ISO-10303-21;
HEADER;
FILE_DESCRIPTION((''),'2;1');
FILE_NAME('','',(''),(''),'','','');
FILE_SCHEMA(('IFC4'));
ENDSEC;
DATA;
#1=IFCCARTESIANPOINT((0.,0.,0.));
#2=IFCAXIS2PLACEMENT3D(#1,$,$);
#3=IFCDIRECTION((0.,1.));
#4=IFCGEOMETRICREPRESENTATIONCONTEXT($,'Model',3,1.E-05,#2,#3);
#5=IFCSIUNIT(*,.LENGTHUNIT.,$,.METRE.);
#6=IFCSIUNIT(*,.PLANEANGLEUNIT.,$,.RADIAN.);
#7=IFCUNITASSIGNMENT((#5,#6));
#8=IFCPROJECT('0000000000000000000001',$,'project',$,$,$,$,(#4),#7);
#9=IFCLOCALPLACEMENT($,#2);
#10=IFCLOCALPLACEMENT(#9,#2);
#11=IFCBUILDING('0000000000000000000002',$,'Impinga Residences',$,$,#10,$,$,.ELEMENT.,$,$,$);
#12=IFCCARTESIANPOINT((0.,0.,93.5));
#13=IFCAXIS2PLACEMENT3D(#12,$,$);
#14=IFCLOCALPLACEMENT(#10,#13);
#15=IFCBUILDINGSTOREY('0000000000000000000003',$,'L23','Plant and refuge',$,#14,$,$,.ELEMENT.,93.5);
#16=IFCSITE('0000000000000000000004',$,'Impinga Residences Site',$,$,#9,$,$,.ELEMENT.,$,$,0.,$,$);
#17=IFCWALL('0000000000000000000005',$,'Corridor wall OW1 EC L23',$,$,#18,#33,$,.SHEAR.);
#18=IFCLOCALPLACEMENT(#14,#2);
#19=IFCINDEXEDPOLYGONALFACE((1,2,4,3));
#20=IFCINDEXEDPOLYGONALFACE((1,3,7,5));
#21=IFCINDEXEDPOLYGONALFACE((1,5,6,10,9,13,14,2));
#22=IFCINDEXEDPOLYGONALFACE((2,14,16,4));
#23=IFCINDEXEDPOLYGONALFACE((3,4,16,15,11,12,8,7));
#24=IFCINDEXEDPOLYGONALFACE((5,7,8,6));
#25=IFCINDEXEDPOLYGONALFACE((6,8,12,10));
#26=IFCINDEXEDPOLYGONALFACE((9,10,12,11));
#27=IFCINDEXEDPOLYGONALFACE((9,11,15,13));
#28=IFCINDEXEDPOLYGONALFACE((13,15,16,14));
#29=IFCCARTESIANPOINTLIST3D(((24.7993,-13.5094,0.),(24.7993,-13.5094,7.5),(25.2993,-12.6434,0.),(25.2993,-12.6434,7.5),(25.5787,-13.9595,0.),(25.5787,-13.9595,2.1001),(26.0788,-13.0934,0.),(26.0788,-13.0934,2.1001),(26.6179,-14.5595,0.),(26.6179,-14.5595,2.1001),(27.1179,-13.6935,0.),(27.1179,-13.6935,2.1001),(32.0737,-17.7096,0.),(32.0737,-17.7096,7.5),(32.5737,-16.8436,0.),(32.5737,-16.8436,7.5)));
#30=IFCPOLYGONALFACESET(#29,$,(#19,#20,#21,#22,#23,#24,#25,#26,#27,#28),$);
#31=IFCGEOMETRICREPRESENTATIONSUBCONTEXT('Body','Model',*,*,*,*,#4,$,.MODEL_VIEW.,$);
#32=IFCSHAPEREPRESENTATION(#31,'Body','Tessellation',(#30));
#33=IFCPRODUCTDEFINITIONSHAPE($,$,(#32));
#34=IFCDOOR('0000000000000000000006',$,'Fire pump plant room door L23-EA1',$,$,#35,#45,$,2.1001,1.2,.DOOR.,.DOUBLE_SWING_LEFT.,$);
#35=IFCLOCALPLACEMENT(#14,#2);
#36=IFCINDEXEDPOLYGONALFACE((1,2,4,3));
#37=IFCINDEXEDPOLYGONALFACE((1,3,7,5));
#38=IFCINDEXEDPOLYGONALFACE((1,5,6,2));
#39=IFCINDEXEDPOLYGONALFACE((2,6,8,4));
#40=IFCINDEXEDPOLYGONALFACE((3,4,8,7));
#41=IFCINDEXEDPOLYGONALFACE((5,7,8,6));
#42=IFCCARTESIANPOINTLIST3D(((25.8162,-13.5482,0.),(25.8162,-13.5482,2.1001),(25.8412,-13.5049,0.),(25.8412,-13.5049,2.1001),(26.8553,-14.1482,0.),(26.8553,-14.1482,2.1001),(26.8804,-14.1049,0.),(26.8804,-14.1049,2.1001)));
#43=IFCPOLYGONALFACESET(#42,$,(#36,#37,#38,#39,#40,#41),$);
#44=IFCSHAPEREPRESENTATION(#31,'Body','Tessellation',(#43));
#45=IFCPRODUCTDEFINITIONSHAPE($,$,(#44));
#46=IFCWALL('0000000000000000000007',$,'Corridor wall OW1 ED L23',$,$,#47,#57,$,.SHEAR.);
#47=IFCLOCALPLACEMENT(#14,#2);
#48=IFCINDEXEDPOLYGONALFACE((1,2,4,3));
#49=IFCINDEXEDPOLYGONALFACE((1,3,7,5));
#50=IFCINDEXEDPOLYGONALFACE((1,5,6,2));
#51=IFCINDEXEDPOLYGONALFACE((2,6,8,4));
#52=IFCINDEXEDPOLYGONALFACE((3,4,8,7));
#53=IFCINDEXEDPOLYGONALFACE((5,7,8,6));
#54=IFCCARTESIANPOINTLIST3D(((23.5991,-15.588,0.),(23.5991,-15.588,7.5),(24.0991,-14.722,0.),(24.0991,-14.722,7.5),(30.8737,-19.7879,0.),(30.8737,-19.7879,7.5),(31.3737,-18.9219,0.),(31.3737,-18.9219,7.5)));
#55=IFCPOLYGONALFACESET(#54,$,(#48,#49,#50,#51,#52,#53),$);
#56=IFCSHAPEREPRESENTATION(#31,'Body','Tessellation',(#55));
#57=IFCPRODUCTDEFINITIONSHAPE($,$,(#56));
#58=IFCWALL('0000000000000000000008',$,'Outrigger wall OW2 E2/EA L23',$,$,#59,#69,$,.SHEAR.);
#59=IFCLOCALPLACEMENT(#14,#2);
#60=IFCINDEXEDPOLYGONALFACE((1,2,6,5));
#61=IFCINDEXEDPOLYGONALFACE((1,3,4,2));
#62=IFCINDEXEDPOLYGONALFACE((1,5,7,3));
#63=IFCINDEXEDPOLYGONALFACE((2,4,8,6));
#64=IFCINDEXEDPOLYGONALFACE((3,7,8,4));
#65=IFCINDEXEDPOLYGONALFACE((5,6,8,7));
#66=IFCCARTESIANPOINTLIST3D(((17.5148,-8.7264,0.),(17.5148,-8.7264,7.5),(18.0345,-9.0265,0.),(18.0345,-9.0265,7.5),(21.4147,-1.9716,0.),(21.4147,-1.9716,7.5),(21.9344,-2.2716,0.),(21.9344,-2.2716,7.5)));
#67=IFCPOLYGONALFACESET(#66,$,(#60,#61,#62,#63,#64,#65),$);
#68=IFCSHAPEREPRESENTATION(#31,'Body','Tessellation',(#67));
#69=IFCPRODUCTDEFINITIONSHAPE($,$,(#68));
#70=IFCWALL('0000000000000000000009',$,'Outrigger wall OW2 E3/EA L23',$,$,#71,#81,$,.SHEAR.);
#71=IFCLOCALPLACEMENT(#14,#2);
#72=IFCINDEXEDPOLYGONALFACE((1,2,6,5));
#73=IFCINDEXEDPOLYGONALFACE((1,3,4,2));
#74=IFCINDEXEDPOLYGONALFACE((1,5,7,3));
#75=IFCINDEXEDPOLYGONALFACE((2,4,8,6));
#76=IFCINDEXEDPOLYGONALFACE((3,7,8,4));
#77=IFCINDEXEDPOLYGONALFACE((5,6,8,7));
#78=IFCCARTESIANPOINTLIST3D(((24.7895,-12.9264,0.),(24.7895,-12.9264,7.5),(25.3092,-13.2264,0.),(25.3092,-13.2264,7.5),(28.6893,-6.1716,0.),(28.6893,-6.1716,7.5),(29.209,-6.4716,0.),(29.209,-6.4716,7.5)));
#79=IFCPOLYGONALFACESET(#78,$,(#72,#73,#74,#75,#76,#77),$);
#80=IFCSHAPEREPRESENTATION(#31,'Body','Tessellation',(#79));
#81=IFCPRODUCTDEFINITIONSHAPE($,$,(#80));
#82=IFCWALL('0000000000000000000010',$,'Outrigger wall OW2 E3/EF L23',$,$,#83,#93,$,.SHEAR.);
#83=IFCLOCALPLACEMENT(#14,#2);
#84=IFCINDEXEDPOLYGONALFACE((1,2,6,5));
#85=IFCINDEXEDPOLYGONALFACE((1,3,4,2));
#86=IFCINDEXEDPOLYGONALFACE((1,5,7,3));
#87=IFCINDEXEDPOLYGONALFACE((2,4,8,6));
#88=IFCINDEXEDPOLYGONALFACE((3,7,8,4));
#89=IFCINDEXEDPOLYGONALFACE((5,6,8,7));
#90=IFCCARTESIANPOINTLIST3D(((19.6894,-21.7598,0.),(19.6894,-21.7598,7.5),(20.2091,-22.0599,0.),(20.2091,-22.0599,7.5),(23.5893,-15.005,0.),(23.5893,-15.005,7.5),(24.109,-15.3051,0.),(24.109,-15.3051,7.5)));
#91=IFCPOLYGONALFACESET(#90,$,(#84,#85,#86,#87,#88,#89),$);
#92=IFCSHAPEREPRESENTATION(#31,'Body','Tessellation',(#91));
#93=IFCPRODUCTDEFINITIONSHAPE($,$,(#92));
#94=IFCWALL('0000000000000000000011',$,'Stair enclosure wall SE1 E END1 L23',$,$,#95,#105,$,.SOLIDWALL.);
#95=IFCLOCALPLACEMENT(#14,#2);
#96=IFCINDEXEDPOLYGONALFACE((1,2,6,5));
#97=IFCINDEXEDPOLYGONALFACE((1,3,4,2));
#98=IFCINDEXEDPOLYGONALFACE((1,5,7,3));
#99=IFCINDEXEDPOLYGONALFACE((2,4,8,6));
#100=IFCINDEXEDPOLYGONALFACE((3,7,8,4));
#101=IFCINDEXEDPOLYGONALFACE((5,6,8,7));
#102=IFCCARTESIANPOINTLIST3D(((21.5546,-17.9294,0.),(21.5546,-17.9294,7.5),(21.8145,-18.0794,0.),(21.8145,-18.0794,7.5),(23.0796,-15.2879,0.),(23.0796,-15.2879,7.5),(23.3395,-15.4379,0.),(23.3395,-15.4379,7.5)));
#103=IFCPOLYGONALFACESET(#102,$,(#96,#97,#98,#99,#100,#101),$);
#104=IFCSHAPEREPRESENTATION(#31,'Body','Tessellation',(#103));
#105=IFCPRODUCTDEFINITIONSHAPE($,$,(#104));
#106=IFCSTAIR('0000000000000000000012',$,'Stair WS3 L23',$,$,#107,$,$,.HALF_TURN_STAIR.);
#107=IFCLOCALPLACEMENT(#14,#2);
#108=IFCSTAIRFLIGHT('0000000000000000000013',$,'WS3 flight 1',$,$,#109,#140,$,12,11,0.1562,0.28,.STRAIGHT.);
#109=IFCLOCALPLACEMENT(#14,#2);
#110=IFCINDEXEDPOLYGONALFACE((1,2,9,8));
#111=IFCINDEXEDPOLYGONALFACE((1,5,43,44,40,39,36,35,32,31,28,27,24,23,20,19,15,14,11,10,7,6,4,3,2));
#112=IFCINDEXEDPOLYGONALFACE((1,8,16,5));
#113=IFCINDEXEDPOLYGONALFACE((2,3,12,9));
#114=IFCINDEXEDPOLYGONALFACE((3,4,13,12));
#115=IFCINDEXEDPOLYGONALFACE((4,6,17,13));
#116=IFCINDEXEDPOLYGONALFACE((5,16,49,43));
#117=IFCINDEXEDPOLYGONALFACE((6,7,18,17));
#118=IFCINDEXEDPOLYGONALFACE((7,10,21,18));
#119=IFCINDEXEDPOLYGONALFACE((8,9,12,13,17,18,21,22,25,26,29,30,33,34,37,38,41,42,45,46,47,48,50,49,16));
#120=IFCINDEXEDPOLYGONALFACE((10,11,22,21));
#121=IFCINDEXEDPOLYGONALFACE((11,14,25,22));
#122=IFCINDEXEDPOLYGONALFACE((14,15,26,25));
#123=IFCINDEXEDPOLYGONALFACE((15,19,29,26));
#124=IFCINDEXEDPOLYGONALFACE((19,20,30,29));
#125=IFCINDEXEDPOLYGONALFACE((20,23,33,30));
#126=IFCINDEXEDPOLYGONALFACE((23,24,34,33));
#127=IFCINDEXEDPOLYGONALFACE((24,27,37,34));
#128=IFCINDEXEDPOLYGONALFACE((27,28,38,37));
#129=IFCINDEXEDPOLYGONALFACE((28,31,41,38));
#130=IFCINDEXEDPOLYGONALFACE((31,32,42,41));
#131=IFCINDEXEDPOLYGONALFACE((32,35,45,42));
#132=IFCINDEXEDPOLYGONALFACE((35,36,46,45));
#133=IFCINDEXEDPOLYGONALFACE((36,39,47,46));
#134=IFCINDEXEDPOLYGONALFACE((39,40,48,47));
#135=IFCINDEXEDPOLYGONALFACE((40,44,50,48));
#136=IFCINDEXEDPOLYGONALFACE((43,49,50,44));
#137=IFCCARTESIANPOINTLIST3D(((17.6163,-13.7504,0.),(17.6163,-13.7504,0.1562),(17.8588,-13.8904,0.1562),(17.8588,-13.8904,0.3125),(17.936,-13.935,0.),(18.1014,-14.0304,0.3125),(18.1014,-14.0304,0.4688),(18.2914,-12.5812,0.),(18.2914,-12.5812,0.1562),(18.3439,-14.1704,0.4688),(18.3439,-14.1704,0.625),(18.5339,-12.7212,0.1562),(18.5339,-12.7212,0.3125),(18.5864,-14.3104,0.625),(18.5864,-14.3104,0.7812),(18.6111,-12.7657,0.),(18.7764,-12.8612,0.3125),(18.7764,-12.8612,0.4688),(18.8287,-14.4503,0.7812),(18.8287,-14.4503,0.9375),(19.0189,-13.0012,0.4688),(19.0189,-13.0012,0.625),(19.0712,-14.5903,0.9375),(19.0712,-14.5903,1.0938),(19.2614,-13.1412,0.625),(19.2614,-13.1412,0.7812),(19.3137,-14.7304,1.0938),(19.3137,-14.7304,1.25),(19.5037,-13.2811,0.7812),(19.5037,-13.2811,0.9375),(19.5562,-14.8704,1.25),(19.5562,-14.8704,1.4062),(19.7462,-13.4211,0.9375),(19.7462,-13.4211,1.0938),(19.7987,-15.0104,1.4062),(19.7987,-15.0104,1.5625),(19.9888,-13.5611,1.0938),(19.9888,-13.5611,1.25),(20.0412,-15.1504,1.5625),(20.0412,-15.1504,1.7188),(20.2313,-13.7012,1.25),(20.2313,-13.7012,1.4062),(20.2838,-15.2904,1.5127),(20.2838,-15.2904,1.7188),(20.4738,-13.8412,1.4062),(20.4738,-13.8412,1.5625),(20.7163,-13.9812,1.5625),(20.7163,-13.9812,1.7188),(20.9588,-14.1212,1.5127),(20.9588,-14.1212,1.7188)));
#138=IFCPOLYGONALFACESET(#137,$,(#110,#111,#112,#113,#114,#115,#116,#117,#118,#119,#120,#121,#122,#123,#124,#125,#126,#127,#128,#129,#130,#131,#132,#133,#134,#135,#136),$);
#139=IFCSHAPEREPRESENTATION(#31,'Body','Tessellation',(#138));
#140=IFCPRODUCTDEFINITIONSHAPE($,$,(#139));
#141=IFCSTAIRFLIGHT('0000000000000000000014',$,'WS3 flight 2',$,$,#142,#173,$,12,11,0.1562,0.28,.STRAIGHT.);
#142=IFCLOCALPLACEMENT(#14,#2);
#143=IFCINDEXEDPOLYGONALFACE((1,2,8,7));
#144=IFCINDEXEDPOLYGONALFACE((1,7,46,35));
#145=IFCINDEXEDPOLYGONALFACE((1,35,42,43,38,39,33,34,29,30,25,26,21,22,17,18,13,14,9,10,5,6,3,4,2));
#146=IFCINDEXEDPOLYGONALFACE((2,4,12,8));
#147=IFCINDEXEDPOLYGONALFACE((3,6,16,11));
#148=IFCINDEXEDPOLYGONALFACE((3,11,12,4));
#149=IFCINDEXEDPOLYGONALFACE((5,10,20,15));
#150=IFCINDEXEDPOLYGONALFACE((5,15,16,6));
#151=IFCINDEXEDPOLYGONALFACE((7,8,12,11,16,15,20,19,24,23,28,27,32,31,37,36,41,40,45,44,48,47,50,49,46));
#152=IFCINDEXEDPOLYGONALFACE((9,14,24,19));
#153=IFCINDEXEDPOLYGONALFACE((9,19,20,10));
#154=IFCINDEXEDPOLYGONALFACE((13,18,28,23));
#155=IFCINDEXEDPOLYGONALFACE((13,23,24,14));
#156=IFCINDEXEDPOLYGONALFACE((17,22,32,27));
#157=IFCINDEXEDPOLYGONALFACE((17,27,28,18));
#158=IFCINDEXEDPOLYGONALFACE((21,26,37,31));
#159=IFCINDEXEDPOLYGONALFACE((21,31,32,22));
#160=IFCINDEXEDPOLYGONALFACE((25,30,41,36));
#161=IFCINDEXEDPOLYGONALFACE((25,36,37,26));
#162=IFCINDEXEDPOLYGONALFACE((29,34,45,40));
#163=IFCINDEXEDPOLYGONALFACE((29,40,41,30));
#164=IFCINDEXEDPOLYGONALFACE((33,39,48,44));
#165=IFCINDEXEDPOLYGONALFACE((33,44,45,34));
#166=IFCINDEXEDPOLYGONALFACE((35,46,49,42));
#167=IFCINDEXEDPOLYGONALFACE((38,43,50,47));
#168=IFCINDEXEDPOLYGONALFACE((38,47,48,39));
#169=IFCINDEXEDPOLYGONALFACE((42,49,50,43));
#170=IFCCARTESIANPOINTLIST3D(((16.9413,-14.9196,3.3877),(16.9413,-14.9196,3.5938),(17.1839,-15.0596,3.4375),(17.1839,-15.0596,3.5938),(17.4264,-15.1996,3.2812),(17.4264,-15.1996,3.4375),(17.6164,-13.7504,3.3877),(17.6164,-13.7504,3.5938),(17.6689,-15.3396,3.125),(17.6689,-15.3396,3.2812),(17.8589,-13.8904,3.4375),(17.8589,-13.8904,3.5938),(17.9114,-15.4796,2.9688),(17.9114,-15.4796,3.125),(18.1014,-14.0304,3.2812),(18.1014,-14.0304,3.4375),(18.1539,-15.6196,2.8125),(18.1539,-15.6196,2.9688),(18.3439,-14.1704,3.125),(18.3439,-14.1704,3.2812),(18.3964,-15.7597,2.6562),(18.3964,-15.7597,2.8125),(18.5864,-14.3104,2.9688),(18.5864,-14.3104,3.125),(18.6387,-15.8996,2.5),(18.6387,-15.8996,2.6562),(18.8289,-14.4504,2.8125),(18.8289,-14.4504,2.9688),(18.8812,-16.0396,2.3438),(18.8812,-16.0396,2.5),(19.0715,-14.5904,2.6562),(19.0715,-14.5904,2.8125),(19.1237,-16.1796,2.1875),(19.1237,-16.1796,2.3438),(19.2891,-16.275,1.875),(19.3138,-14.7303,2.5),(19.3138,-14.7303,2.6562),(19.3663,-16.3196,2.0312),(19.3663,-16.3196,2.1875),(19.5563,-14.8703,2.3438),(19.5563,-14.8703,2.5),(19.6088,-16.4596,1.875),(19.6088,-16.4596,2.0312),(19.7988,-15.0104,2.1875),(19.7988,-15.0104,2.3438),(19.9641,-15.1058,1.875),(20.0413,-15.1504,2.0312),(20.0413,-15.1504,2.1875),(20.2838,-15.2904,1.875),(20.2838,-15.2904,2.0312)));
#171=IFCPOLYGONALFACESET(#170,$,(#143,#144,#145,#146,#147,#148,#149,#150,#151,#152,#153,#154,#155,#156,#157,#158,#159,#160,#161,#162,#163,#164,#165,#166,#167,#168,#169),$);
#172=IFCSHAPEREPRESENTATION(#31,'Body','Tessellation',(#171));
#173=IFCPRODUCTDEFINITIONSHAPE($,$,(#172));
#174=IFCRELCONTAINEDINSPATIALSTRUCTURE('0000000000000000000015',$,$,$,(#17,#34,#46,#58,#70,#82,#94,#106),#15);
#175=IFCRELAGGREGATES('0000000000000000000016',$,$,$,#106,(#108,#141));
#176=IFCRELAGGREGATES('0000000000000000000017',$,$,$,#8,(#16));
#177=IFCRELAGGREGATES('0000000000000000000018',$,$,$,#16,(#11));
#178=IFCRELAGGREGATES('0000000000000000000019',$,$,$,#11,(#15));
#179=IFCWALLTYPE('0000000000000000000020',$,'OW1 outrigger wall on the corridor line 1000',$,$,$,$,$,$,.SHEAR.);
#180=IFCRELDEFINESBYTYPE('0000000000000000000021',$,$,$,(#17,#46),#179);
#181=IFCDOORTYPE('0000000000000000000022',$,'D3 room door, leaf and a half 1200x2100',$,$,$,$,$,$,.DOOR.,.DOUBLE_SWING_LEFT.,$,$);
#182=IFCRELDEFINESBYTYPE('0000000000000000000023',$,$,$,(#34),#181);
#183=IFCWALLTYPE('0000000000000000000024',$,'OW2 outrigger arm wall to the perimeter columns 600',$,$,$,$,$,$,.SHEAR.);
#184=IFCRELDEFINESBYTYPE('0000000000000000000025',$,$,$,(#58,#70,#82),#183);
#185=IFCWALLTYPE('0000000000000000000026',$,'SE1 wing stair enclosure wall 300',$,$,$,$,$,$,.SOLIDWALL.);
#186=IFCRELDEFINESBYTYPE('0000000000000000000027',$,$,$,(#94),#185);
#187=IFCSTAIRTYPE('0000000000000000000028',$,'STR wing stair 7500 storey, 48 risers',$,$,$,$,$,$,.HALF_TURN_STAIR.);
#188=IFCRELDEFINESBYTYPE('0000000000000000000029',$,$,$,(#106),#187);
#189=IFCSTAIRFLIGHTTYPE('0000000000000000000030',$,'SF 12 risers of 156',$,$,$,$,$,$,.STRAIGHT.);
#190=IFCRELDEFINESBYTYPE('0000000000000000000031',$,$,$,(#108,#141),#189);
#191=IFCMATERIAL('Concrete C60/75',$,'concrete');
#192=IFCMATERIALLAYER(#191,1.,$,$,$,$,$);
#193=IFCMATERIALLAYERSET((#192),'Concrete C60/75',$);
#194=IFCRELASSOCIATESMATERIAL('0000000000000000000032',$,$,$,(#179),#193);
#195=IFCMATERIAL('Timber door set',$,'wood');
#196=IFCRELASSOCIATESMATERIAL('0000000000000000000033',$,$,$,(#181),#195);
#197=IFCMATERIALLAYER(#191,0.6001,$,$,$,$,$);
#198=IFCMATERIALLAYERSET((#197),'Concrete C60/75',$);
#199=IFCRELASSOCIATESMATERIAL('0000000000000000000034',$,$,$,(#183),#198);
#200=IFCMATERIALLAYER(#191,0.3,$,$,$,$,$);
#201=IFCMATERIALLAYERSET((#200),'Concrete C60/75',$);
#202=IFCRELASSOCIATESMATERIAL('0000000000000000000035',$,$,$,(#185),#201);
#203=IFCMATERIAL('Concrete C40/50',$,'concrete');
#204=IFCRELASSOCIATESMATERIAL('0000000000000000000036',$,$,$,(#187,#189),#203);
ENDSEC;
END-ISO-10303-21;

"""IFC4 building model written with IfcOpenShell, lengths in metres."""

from ifc_helpers import new_model, si_unit, direction, frame, frame_2d, origin, place, context, subcontext, project, spatial, polyline, rectangle, outline, extrude, material, layer, layer_set, type_object, element, fill, aggregate, save


model = new_model("IFC4")

# Units and contexts
model_context = context("Model", 3, precision=1e-05, world=origin(), true_north=direction((0.0, 1.0)))
body_context = subcontext(model_context, "Body", "Model", "MODEL_VIEW")
ifc_project = project(units=[si_unit("LENGTHUNIT", "METRE"), si_unit("PLANEANGLEUNIT", "RADIAN")], contexts=[model_context])

# Site, building, storey
site_placement = place(None, origin())
site = spatial("IfcSite", under=ifc_project, at=site_placement, Name="Impinga Residences Site", CompositionType="ELEMENT", RefElevation=0.0)
building_placement = place(site_placement, origin())
building = spatial("IfcBuilding", under=site, at=building_placement, Name="Impinga Residences", CompositionType="ELEMENT")
storey_placement = place(building_placement, frame((0.0, 0.0, 93.5)))
storey = spatial("IfcBuildingStorey", under=building, at=storey_placement, Name="L23", Description="Plant and refuge", CompositionType="ELEMENT", Elevation=93.5)

# Wall, opening, door
ifc_material_1 = material(Name="Concrete C60/75", Category="concrete")
ifc_layer_1 = layer(ifc_material_1, 1.0)
ifc_layer_set_1 = layer_set([ifc_layer_1], Name="Concrete C60/75")
wall_type_1 = type_object("IfcWallType", Name="OW1 outrigger wall on the corridor line 1000", PredefinedType="SHEAR", material=ifc_layer_set_1)
ifc_material_2 = material(Name="Timber door set", Category="wood")
door_type = type_object("IfcDoorType", Name="D3 room door, leaf and a half 1200x2100", OperationType="DOUBLE_SWING_LEFT", PredefinedType="DOOR", material=ifc_material_2)
wall_1_placement = place(storey_placement, frame((25.0493, -13.0764, 0.0), z_axis=(0.0, 0.0, 1.0), x_axis=(0.866009, -0.500028, 0.0)))
wall_1 = element("IfcWall", 1, at=wall_1_placement, inside=storey, type_object=wall_type_1, Name="Corridor wall OW1 EC L23", PredefinedType="SHEAR", context=body_context, shape_type="SweptSolid", body=[
    extrude(rectangle(XDim=8.3999, YDim=1.0, at=frame_2d((4.2, 0.0))), origin(), (0.0, 0.0, 1.0), 7.5),
])
opening_1_placement = place(wall_1_placement, frame((0.8999, 0.0, 0.0)))
opening_1 = element("IfcOpeningElement", 2, at=opening_1_placement, cuts=wall_1, PredefinedType="OPENING", context=body_context, shape_type="SweptSolid", body=[
    extrude(rectangle(XDim=1.2, YDim=2.1001, at=frame_2d((0.6001, 1.05))), frame((0.0, 0.51, 0.0), z_axis=(0.0, -1.0, 0.0), x_axis=(1.0, 0.0, 0.0)), (0.0, 0.0, 1.0), 1.02),
])
door_1_placement = place(opening_1_placement, origin())
door_1 = element("IfcDoor", 3, at=door_1_placement, inside=storey, type_object=door_type, Name="Fire pump plant room door L23-EA1", OperationType="DOUBLE_SWING_LEFT", OverallHeight=2.1001, OverallWidth=1.2, PredefinedType="DOOR", context=body_context, shape_type="SweptSolid", body=[
    extrude(rectangle(XDim=1.2, YDim=2.1001, at=frame_2d((0.6001, 1.05))), frame((0.0, 0.0249, 0.0), z_axis=(0.0, -1.0, 0.0), x_axis=(1.0, 0.0, 0.0)), (0.0, 0.0, 1.0), 0.05),
])
fill(opening_1, door_1)

# Walls
wall_2_placement = place(storey_placement, frame((23.8491, -15.155, 0.0), z_axis=(0.0, 0.0, 1.0), x_axis=(0.866029, -0.499993, 0.0)))
element("IfcWall", 4, at=wall_2_placement, inside=storey, type_object=wall_type_1, Name="Corridor wall OW1 ED L23", PredefinedType="SHEAR", context=body_context, shape_type="SweptSolid", body=[
    extrude(rectangle(XDim=8.3999, YDim=1.0, at=frame_2d((4.2, 0.0))), origin(), (0.0, 0.0, 1.0), 7.5),
])
ifc_layer_2 = layer(ifc_material_1, 0.6001)
ifc_layer_set_2 = layer_set([ifc_layer_2], Name="Concrete C60/75")
wall_type_2 = type_object("IfcWallType", Name="OW2 outrigger arm wall to the perimeter columns 600", PredefinedType="SHEAR", material=ifc_layer_set_2)
for number, where, z_axis, x_axis, name in (
    (5, (17.7747, -8.8765, 0.0), (0.0, 0.0, 1.0), (0.499997, 0.866027, 0.0), "Outrigger wall OW2 E2/EA L23"),
    (6, (25.0493, -13.0764, 0.0), (0.0, 0.0, 1.0), (0.499997, 0.866027, 0.0), "Outrigger wall OW2 E3/EA L23"),
    (7, (23.8491, -15.155, 0.0), (0.0, 0.0, 1.0), (-0.499997, -0.866027, 0.0), "Outrigger wall OW2 E3/EF L23"),
):
    element("IfcWall", number, at=place(storey_placement, frame(where, z_axis=z_axis, x_axis=x_axis)), inside=storey, type_object=wall_type_2, Name=name, PredefinedType="SHEAR", context=body_context, shape_type="SweptSolid", body=[
        extrude(rectangle(XDim=7.7998, YDim=0.6001, at=frame_2d((3.8999, 0.0))), origin(), (0.0, 0.0, 1.0), 7.5),
    ])
ifc_layer_3 = layer(ifc_material_1, 0.3)
ifc_layer_set_3 = layer_set([ifc_layer_3], Name="Concrete C60/75")
wall_type_3 = type_object("IfcWallType", Name="SE1 wing stair enclosure wall 300", PredefinedType="SOLIDWALL", material=ifc_layer_set_3)
wall_3_placement = place(storey_placement, frame((23.2095, -15.363, 0.0), z_axis=(0.0, 0.0, 1.0), x_axis=(-0.499979, -0.866038, 0.0)))
element("IfcWall", 8, at=wall_3_placement, inside=storey, type_object=wall_type_3, Name="Stair enclosure wall SE1 E END1 L23", PredefinedType="SOLIDWALL", context=body_context, shape_type="SweptSolid", body=[
    extrude(rectangle(XDim=3.05, YDim=0.3, at=frame_2d((1.5249, 0.0))), origin(), (0.0, 0.0, 1.0), 7.5),
])

# Stair, stair flights
ifc_material_3 = material(Name="Concrete C40/50", Category="concrete")
stair_type = type_object("IfcStairType", Name="STR wing stair 7500 storey, 48 risers", PredefinedType="HALF_TURN_STAIR", material=ifc_material_3)
stair_placement = place(storey_placement, origin())
stair = element("IfcStair", 9, at=stair_placement, inside=storey, type_object=stair_type, Name="Stair WS3 L23", PredefinedType="HALF_TURN_STAIR")
stair_flight_type = type_object("IfcStairFlightType", Name="SF 12 risers of 156", PredefinedType="STRAIGHT", material=ifc_material_3)
stair_flight_1_placement = place(storey_placement, frame((17.9539, -13.1658, 0.0), z_axis=(0.0, 0.0, 1.0), x_axis=(0.866025, -0.5, 0.0)))
stair_flight_1 = element("IfcStairFlight", 10, at=stair_flight_1_placement, type_object=stair_flight_type, Name="WS3 flight 1", NumberOfRisers=12, NumberOfTreads=11, PredefinedType="STRAIGHT", RiserHeight=0.1562, TreadLength=0.28, context=body_context, shape_type="SweptSolid", body=[
    extrude(outline(polyline([(0.0, 0.0), (0.0, 0.1562), (0.28, 0.1562), (0.28, 0.3125), (0.5601, 0.3125), (0.5601, 0.4688), (0.8401, 0.4688), (0.8401, 0.625), (1.1201, 0.625), (1.1201, 0.7812), (1.3999, 0.7812), (1.3999, 0.9375), (1.6799, 0.9375), (1.6799, 1.0938), (1.96, 1.0938), (1.96, 1.25), (2.24, 1.25), (2.24, 1.4062), (2.52, 1.4062), (2.52, 1.5625), (2.8, 1.5625), (2.8, 1.7188), (3.0801, 1.7188), (3.0801, 1.875), (3.0801, 1.5127), (0.3691, 0.0), (0.0, 0.0)])), frame((0.0, 0.675, 0.0), z_axis=(0.0, -1.0, 0.0), x_axis=(1.0, 0.0, 0.0)), (0.0, 0.0, 1.0), 1.3501),
])
stair_flight_2_placement = place(storey_placement, frame((19.9463, -15.875, 1.875), z_axis=(0.0, 0.0, 1.0), x_axis=(-0.866025, 0.5, 0.0)))
stair_flight_2 = element("IfcStairFlight", 11, at=stair_flight_2_placement, type_object=stair_flight_type, Name="WS3 flight 2", NumberOfRisers=12, NumberOfTreads=11, PredefinedType="STRAIGHT", RiserHeight=0.1562, TreadLength=0.28, context=body_context, shape_type="SweptSolid", body=[
    extrude(outline(polyline([(0.0, 0.0), (0.0, 0.1562), (0.28, 0.1562), (0.28, 0.3125), (0.5601, 0.3125), (0.5601, 0.4688), (0.8401, 0.4688), (0.8401, 0.625), (1.1201, 0.625), (1.1201, 0.7812), (1.3999, 0.7812), (1.3999, 0.9375), (1.6799, 0.9375), (1.6799, 1.0938), (1.96, 1.0938), (1.96, 1.25), (2.24, 1.25), (2.24, 1.4062), (2.52, 1.4062), (2.52, 1.5625), (2.8, 1.5625), (2.8, 1.7188), (3.0801, 1.7188), (3.0801, 1.875), (3.0801, 1.5127), (0.3691, 0.0), (0.0, 0.0)])), frame((0.0, 0.675, 0.0), z_axis=(0.0, -1.0, 0.0), x_axis=(1.0, 0.0, 0.0)), (0.0, 0.0, 1.0), 1.3501),
])
aggregate(stair, [stair_flight_1, stair_flight_2])

save(model, "model.ifc")
